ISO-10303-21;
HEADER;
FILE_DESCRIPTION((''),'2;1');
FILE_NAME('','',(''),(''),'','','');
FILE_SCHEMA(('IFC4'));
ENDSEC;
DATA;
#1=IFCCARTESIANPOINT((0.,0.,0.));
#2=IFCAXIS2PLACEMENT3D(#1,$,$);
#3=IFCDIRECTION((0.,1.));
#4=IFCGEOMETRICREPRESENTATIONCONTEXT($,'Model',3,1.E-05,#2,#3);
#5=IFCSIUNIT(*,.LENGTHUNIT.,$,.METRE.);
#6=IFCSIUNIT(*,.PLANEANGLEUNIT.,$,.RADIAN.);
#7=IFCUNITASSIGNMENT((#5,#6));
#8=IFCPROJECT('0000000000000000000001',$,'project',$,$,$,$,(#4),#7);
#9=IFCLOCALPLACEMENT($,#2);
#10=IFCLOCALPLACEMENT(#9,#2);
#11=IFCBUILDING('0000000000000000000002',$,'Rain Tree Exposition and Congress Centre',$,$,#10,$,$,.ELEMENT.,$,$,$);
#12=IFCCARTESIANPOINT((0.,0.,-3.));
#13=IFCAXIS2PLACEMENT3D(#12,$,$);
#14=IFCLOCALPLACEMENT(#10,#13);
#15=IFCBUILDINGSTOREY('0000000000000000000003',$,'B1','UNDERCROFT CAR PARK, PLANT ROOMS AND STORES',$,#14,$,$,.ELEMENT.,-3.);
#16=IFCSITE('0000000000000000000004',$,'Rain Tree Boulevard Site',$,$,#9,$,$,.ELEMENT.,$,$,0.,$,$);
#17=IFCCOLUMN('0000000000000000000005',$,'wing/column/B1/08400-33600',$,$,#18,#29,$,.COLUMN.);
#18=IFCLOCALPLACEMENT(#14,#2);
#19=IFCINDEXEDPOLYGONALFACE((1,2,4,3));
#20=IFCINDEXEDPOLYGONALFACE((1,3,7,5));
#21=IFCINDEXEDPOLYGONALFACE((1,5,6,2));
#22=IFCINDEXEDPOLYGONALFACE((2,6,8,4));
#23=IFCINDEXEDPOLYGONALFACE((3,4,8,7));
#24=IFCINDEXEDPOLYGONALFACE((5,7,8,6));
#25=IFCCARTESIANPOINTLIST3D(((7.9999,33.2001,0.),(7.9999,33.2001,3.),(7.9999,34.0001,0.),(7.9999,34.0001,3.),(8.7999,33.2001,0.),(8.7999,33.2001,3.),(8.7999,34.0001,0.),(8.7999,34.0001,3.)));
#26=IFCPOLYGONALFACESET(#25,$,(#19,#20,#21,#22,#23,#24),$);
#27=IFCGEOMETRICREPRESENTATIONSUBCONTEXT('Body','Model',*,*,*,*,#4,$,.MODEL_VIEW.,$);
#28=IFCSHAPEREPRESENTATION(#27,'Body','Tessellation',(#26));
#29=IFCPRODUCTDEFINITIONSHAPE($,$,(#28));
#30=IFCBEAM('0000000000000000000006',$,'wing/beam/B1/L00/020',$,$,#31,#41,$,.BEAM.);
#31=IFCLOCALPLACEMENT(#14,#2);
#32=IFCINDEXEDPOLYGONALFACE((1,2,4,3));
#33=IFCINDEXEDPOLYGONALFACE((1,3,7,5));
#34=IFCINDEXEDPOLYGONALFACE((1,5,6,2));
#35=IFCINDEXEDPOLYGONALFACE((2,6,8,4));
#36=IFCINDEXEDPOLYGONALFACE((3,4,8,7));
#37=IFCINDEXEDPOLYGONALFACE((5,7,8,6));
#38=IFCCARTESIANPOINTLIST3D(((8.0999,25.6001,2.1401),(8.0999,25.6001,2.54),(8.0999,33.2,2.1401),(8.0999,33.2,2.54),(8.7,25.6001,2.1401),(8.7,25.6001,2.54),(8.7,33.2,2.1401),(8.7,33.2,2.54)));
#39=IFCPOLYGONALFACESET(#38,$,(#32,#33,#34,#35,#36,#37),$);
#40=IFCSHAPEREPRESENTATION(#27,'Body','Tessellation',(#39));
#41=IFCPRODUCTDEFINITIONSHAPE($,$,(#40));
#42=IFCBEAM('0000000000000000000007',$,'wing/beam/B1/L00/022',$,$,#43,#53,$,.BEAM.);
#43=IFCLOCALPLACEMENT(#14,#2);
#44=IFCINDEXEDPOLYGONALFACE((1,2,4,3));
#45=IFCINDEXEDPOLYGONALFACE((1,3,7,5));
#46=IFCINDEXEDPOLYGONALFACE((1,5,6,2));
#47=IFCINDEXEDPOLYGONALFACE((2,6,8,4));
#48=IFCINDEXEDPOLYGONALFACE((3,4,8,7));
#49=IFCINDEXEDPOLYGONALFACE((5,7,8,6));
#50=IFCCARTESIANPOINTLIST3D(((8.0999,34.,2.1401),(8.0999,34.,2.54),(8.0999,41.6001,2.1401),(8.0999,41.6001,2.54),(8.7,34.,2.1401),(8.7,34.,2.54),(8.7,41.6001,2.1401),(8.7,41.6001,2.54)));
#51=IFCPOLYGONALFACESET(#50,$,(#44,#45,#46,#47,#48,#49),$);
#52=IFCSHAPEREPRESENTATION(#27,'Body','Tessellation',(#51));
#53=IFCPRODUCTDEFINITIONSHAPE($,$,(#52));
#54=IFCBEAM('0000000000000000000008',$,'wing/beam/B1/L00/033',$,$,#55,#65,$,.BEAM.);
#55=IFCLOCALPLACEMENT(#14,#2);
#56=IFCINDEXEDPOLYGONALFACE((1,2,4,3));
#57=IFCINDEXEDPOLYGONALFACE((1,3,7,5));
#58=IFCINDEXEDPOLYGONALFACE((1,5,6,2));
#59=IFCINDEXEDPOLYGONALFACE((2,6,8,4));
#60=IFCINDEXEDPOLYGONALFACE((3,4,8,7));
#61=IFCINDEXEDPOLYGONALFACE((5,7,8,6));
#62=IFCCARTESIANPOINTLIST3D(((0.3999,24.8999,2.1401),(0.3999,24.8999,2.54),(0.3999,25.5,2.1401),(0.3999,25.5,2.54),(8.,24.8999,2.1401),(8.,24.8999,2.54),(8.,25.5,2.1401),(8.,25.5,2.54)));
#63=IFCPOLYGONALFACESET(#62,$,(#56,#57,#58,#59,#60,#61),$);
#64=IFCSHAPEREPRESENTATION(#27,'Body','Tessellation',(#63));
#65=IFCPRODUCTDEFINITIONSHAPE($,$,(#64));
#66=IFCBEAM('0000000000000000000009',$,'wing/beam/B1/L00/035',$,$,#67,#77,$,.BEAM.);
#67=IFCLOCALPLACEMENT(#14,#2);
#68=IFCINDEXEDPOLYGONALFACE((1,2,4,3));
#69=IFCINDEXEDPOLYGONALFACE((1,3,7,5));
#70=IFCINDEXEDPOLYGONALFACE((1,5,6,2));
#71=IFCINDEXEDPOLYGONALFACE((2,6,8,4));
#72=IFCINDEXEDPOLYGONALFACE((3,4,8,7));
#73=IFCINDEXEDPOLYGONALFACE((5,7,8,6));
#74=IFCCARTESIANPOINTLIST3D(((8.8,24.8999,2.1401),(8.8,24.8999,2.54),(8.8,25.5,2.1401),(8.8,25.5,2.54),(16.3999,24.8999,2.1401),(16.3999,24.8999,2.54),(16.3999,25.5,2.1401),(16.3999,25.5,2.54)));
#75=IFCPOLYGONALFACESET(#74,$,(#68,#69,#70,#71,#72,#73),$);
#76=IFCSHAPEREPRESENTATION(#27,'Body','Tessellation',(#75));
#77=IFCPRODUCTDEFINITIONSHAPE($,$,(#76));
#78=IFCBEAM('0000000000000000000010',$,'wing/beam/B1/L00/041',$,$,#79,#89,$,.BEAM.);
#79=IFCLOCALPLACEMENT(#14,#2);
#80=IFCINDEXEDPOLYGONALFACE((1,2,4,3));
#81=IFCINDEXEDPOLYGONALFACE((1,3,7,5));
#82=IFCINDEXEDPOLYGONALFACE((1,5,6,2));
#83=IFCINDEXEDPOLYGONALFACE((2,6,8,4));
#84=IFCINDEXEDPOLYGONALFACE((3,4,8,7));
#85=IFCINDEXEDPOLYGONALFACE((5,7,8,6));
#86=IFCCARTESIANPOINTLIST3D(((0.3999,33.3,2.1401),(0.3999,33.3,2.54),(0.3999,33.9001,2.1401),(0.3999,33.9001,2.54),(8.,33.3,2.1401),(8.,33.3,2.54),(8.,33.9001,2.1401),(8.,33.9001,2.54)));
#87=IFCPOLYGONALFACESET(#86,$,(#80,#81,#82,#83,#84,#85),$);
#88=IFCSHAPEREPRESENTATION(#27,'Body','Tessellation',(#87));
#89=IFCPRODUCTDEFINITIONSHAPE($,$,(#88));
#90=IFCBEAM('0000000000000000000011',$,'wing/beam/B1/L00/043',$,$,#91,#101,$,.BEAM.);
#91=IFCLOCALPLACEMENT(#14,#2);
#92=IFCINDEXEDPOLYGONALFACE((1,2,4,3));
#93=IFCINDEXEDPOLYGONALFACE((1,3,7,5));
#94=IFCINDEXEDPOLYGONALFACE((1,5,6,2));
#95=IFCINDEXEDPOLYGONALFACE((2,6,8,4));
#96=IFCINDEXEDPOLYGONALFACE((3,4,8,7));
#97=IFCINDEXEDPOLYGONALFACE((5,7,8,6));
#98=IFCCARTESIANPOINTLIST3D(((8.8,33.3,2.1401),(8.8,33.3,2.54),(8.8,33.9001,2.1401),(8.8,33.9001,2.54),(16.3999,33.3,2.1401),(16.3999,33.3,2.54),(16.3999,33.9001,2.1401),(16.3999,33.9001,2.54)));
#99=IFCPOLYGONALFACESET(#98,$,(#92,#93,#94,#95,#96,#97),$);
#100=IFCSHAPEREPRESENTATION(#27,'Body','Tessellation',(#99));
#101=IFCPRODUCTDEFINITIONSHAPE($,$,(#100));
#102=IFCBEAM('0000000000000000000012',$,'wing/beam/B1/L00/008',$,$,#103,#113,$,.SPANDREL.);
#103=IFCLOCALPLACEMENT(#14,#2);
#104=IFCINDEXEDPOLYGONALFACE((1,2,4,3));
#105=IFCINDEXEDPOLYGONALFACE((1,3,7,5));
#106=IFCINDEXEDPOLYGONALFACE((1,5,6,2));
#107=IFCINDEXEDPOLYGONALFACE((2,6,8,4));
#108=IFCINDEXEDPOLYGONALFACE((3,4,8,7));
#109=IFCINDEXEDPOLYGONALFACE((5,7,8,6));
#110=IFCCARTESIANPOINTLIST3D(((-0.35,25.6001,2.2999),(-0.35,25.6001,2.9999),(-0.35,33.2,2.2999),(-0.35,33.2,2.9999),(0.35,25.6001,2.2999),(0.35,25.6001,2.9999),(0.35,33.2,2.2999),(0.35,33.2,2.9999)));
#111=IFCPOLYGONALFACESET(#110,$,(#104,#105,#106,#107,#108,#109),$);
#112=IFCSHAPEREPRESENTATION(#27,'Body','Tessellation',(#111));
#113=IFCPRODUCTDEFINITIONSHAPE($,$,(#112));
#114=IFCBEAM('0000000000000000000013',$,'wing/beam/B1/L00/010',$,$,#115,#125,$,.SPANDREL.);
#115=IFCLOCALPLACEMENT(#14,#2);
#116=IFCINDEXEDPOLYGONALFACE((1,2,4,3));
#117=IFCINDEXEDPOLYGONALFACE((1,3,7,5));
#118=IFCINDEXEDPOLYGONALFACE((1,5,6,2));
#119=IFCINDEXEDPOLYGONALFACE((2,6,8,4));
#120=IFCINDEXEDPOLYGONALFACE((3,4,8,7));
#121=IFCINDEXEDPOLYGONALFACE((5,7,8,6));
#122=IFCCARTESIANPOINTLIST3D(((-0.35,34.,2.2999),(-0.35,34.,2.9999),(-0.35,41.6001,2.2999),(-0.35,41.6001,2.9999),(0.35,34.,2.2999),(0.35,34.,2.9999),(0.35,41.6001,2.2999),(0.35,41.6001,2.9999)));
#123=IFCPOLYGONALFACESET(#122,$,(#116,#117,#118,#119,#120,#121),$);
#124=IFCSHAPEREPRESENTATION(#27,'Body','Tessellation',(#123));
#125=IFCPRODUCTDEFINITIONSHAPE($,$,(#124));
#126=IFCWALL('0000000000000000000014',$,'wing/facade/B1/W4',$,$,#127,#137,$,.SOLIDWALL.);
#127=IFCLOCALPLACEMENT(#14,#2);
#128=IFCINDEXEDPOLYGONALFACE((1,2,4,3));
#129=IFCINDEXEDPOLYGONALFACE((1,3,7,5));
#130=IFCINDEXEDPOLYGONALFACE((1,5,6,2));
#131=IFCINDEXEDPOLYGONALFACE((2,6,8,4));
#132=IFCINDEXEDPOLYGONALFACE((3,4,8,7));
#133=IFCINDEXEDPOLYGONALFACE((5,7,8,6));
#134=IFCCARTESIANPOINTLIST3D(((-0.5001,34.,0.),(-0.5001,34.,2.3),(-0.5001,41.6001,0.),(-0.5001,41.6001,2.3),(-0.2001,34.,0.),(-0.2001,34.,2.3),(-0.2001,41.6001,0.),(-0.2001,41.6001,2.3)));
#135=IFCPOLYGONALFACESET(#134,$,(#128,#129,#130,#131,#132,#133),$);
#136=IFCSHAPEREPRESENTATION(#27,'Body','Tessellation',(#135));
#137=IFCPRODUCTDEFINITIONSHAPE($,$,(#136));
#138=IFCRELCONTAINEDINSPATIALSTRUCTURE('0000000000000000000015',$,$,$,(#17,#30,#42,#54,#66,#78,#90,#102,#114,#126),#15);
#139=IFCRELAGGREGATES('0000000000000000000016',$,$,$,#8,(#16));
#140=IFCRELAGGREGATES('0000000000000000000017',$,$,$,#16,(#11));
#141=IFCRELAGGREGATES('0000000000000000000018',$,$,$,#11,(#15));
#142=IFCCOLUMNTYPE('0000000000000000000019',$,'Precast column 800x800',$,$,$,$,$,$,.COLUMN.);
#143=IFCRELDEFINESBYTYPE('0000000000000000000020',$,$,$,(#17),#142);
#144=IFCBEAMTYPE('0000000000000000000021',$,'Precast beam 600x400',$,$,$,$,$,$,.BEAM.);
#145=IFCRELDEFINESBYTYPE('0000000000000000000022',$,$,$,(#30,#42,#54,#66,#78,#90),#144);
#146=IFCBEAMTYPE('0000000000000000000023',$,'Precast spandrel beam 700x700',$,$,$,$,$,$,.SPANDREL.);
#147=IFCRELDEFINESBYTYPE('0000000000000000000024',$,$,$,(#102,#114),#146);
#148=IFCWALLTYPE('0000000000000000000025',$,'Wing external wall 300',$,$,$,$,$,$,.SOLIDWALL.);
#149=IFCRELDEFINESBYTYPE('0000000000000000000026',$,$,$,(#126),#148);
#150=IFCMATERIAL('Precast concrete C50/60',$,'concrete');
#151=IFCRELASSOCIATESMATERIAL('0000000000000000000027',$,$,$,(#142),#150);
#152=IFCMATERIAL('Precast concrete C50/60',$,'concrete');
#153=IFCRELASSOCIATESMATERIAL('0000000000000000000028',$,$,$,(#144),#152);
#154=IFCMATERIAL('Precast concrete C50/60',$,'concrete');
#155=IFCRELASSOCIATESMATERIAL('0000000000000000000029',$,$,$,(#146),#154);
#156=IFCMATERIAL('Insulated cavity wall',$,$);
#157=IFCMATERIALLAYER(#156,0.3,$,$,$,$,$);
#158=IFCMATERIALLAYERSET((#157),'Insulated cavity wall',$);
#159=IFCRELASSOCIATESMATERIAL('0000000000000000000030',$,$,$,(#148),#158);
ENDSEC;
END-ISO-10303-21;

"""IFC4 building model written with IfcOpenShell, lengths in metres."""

from ifc_helpers import new_model, si_unit, direction, frame, frame_2d, origin, origin_2d, place, context, subcontext, project, spatial, rectangle, extrude, material, layer, layer_set, material_profile, profile_set, type_object, element, save


model = new_model("IFC4")

# Units and contexts
model_context = context("Model", 3, precision=1e-05, world=origin(), true_north=direction((0.0, 1.0)))
body_context = subcontext(model_context, "Body", "Model", "MODEL_VIEW")
ifc_project = project(units=[si_unit("LENGTHUNIT", "METRE"), si_unit("PLANEANGLEUNIT", "RADIAN")], contexts=[model_context])

# Site, building, storey
site_placement = place(None, origin())
site = spatial("IfcSite", under=ifc_project, at=site_placement, Name="Rain Tree Boulevard Site", CompositionType="ELEMENT", RefElevation=0.0)
building_placement = place(site_placement, origin())
building = spatial("IfcBuilding", under=site, at=building_placement, Name="Rain Tree Exposition and Congress Centre", CompositionType="ELEMENT")
storey_placement = place(building_placement, frame((0.0, 0.0, -3.0)))
storey = spatial("IfcBuildingStorey", under=building, at=storey_placement, Name="B1", Description="UNDERCROFT CAR PARK, PLANT ROOMS AND STORES", CompositionType="ELEMENT", Elevation=-3.0)

# Column
ifc_material_1 = material(Name="Precast concrete C50/60", Category="concrete")
ifc_material_profile_1 = material_profile(ifc_material_1, rectangle(XDim=0.8, YDim=0.8, at=origin_2d()), Name="RC 800x800")
ifc_profile_set_1 = profile_set([ifc_material_profile_1], Name="Precast concrete C50/60")
column_type = type_object("IfcColumnType", Name="Precast column 800x800", PredefinedType="COLUMN", material=ifc_profile_set_1)
for number, where, z_axis, x_axis, name in (
    (1, (8.3999, 33.6001, 0.0), (0.0, 0.0, 1.0), (1.0, 0.0, 0.0), "wing/column/B1/08400-33600"),
):
    element("IfcColumn", number, at=place(storey_placement, frame(where, z_axis=z_axis, x_axis=x_axis)), inside=storey, type_object=column_type, Name=name, PredefinedType="COLUMN", context=body_context, shape_type="SweptSolid", body=[
        extrude(rectangle(XDim=0.8, YDim=0.8, at=origin_2d()), origin(), (0.0, 0.0, 1.0), 3.0),
    ])

# Beams
ifc_material_2 = material(Name="Precast concrete C50/60", Category="concrete")
ifc_material_profile_2 = material_profile(ifc_material_2, rectangle(XDim=0.6001, YDim=0.3999, at=origin_2d()), Name="RC 600x400")
ifc_profile_set_2 = profile_set([ifc_material_profile_2], Name="Precast concrete C50/60")
beam_type_1 = type_object("IfcBeamType", Name="Precast beam 600x400", PredefinedType="BEAM", material=ifc_profile_set_2)
beam_1_placement = place(storey_placement, frame((8.3999, 25.6001, 2.3401), z_axis=(0.0, 1.0, 0.0), x_axis=(-1.0, 0.0, 0.0)))
element("IfcBeam", 2, at=beam_1_placement, inside=storey, type_object=beam_type_1, Name="wing/beam/B1/L00/020", PredefinedType="BEAM", context=body_context, shape_type="SweptSolid", body=[
    extrude(rectangle(XDim=0.6001, YDim=0.3999, at=origin_2d()), origin(), (0.0, 0.0, 1.0), 7.5999),
])
for number, where, z_axis, x_axis, name in (
    (3, (8.3999, 34.0, 2.3401), (0.0, 1.0, 0.0), (-1.0, 0.0, 0.0), "wing/beam/B1/L00/022"),
    (4, (0.3999, 25.2, 2.3401), (1.0, 0.0, 0.0), (0.0, 1.0, 0.0), "wing/beam/B1/L00/033"),
):
    element("IfcBeam", number, at=place(storey_placement, frame(where, z_axis=z_axis, x_axis=x_axis)), inside=storey, type_object=beam_type_1, Name=name, PredefinedType="BEAM", context=body_context, shape_type="SweptSolid", body=[
        extrude(rectangle(XDim=0.6001, YDim=0.3999, at=origin_2d()), origin(), (0.0, 0.0, 1.0), 7.6001),
    ])
beam_2_placement = place(storey_placement, frame((8.8, 25.2, 2.3401), z_axis=(1.0, 0.0, 0.0), x_axis=(0.0, 1.0, 0.0)))
element("IfcBeam", 5, at=beam_2_placement, inside=storey, type_object=beam_type_1, Name="wing/beam/B1/L00/035", PredefinedType="BEAM", context=body_context, shape_type="SweptSolid", body=[
    extrude(rectangle(XDim=0.6001, YDim=0.3999, at=origin_2d()), origin(), (0.0, 0.0, 1.0), 7.5999),
])
beam_3_placement = place(storey_placement, frame((0.3999, 33.6001, 2.3401), z_axis=(1.0, 0.0, 0.0), x_axis=(0.0, 1.0, 0.0)))
element("IfcBeam", 6, at=beam_3_placement, inside=storey, type_object=beam_type_1, Name="wing/beam/B1/L00/041", PredefinedType="BEAM", context=body_context, shape_type="SweptSolid", body=[
    extrude(rectangle(XDim=0.6001, YDim=0.3999, at=origin_2d()), origin(), (0.0, 0.0, 1.0), 7.6001),
])
beam_4_placement = place(storey_placement, frame((8.8, 33.6001, 2.3401), z_axis=(1.0, 0.0, 0.0), x_axis=(0.0, 1.0, 0.0)))
element("IfcBeam", 7, at=beam_4_placement, inside=storey, type_object=beam_type_1, Name="wing/beam/B1/L00/043", PredefinedType="BEAM", context=body_context, shape_type="SweptSolid", body=[
    extrude(rectangle(XDim=0.6001, YDim=0.3999, at=origin_2d()), origin(), (0.0, 0.0, 1.0), 7.5999),
])
ifc_material_3 = material(Name="Precast concrete C50/60", Category="concrete")
ifc_material_profile_3 = material_profile(ifc_material_3, rectangle(XDim=0.7, YDim=0.7, at=origin_2d()), Name="RC 700x700")
ifc_profile_set_3 = profile_set([ifc_material_profile_3], Name="Precast concrete C50/60")
beam_type_2 = type_object("IfcBeamType", Name="Precast spandrel beam 700x700", PredefinedType="SPANDREL", material=ifc_profile_set_3)
beam_5_placement = place(storey_placement, frame((0.0, 25.6001, 2.6499), z_axis=(0.0, 1.0, 0.0), x_axis=(-1.0, 0.0, 0.0)))
element("IfcBeam", 8, at=beam_5_placement, inside=storey, type_object=beam_type_2, Name="wing/beam/B1/L00/008", PredefinedType="SPANDREL", context=body_context, shape_type="SweptSolid", body=[
    extrude(rectangle(XDim=0.7, YDim=0.7, at=origin_2d()), origin(), (0.0, 0.0, 1.0), 7.5999),
])
beam_6_placement = place(storey_placement, frame((0.0, 34.0, 2.6499), z_axis=(0.0, 1.0, 0.0), x_axis=(-1.0, 0.0, 0.0)))
element("IfcBeam", 9, at=beam_6_placement, inside=storey, type_object=beam_type_2, Name="wing/beam/B1/L00/010", PredefinedType="SPANDREL", context=body_context, shape_type="SweptSolid", body=[
    extrude(rectangle(XDim=0.7, YDim=0.7, at=origin_2d()), origin(), (0.0, 0.0, 1.0), 7.6001),
])

# Shared definitions
ifc_material_4 = material(Name="Insulated cavity wall")
ifc_layer = layer(ifc_material_4, 0.3)
ifc_layer_set = layer_set([ifc_layer], Name="Insulated cavity wall")
wall_type = type_object("IfcWallType", Name="Wing external wall 300", PredefinedType="SOLIDWALL", material=ifc_layer_set)

# Wall
wall_1_placement = place(storey_placement, frame((-0.3501, 34.0, 0.0), z_axis=(0.0, 0.0, 1.0), x_axis=(0.0, 1.0, 0.0)))
element("IfcWall", 10, at=wall_1_placement, inside=storey, type_object=wall_type, Name="wing/facade/B1/W4", PredefinedType="SOLIDWALL", context=body_context, shape_type="SweptSolid", body=[
    extrude(rectangle(XDim=7.6001, YDim=0.3, at=frame_2d((3.8, 0.0))), origin(), (0.0, 0.0, 1.0), 2.3),
])

save(model, "model.ifc")
